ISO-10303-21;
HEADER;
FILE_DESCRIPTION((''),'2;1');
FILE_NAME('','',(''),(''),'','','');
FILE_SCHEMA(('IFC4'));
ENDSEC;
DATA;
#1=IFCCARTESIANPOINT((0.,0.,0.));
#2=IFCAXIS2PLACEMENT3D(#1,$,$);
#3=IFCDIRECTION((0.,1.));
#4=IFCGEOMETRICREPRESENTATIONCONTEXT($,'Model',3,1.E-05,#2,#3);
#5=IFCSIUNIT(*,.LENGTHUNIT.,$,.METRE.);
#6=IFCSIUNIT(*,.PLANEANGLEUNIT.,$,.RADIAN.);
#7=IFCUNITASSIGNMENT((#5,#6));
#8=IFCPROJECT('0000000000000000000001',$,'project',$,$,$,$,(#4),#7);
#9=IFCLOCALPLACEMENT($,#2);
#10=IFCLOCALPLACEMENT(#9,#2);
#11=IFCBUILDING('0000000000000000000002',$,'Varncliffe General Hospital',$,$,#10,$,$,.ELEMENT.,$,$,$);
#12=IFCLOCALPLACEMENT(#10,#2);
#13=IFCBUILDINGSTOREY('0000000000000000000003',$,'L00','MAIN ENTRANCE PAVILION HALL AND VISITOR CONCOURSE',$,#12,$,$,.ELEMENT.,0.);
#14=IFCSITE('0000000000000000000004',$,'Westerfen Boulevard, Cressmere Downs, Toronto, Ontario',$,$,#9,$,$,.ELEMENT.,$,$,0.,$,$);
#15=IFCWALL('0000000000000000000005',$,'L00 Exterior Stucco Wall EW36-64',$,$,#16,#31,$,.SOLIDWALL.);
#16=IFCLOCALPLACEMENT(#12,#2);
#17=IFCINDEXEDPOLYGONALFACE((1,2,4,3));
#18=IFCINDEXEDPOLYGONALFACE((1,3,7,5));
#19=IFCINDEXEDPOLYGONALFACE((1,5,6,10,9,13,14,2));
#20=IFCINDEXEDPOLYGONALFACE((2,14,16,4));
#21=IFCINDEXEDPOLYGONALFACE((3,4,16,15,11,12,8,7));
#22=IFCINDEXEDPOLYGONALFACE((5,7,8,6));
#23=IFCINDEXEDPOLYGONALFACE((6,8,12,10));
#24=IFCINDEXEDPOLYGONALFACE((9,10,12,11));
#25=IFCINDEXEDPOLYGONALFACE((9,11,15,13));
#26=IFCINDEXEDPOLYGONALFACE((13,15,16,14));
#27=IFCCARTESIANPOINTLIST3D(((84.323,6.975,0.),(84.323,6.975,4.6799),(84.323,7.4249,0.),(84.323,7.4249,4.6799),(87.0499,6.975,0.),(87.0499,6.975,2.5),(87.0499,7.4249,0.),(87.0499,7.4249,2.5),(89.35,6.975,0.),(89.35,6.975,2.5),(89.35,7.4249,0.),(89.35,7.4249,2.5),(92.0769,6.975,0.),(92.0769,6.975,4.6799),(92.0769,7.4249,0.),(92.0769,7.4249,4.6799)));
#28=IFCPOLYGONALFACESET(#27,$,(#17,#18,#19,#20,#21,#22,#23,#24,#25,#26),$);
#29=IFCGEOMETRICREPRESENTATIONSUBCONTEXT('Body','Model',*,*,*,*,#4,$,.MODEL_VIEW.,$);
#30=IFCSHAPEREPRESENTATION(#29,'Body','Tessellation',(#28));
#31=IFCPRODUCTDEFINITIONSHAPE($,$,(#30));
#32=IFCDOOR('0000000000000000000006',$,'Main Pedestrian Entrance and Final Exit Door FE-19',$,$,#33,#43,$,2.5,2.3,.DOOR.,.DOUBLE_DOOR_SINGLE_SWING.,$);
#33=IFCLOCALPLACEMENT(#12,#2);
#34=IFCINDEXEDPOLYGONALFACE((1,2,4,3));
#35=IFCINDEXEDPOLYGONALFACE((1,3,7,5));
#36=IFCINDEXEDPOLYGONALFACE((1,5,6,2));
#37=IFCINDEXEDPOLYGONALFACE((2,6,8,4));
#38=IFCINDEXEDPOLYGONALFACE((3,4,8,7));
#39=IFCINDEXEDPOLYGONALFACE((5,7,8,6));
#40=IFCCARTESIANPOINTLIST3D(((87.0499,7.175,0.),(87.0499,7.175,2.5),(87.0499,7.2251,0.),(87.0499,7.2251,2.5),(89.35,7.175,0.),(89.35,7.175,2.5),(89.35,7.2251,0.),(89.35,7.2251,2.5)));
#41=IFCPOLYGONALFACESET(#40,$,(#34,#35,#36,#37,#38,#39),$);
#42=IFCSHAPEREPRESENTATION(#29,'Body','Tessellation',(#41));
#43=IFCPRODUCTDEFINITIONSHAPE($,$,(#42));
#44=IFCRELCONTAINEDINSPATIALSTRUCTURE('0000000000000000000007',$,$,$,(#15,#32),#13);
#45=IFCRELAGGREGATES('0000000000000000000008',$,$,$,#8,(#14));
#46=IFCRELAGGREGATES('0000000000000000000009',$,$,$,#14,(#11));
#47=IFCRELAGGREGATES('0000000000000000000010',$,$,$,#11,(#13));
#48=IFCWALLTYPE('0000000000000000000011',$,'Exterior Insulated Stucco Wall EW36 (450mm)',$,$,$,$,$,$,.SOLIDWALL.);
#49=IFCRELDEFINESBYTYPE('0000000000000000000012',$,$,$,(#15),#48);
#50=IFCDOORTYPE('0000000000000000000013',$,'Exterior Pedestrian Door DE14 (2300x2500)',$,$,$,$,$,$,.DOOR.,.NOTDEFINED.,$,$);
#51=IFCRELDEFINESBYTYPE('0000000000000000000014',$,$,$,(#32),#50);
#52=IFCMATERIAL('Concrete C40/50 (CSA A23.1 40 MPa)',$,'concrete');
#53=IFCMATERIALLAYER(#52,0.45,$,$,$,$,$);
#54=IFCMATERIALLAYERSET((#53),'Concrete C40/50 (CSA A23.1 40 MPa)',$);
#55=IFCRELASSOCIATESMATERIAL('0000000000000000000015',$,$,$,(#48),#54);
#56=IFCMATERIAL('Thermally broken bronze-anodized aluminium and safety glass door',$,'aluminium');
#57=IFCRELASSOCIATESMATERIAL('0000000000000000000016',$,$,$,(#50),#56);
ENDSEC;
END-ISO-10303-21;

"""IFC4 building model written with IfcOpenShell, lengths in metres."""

from ifc_helpers import new_model, si_unit, direction, frame, frame_2d, origin, place, context, subcontext, project, spatial, rectangle, extrude, material, layer, layer_set, type_object, element, fill, save


model = new_model("IFC4")

# Units and contexts
model_context = context("Model", 3, precision=1e-05, world=origin(), true_north=direction((0.0, 1.0)))
body_context = subcontext(model_context, "Body", "Model", "MODEL_VIEW")
ifc_project = project(units=[si_unit("LENGTHUNIT", "METRE"), si_unit("PLANEANGLEUNIT", "RADIAN")], contexts=[model_context])

# Site, building, storey
site_placement = place(None, origin())
site = spatial("IfcSite", under=ifc_project, at=site_placement, Name="Westerfen Boulevard, Cressmere Downs, Toronto, Ontario", CompositionType="ELEMENT", RefElevation=0.0)
building_placement = place(site_placement, origin())
building = spatial("IfcBuilding", under=site, at=building_placement, Name="Varncliffe General Hospital", CompositionType="ELEMENT")
storey_placement = place(building_placement, origin())
storey = spatial("IfcBuildingStorey", under=building, at=storey_placement, Name="L00", Description="MAIN ENTRANCE PAVILION HALL AND VISITOR CONCOURSE", CompositionType="ELEMENT", Elevation=0.0)

# Shared definitions
ifc_material_1 = material(Name="Concrete C40/50 (CSA A23.1 40 MPa)", Category="concrete")

# Wall, opening, door
ifc_material_2 = material(Name="Thermally broken bronze-anodized aluminium and safety glass door", Category="aluminium")
ifc_layer_1 = layer(ifc_material_1, 0.45)
ifc_layer_set_1 = layer_set([ifc_layer_1], Name="Concrete C40/50 (CSA A23.1 40 MPa)")
wall_type_1 = type_object("IfcWallType", Name="Exterior Insulated Stucco Wall EW36 (450mm)", PredefinedType="SOLIDWALL", material=ifc_layer_set_1)
wall_1_placement = place(storey_placement, frame((92.0769, 7.2, 0.0), z_axis=(0.0, 0.0, 1.0), x_axis=(-1.0, 0.0, 0.0)))
wall_1 = element("IfcWall", 1, at=wall_1_placement, inside=storey, type_object=wall_type_1, Name="L00 Exterior Stucco Wall EW36-64", PredefinedType="SOLIDWALL", context=body_context, shape_type="SweptSolid", body=[
    extrude(rectangle(XDim=7.7539, YDim=0.45, at=frame_2d((3.877, 0.0))), origin(), (0.0, 0.0, 1.0), 4.6799),
])
opening_1_placement = place(wall_1_placement, frame((2.7271, 0.0, 0.0)))
opening_1 = element("IfcOpeningElement", 2, at=opening_1_placement, cuts=wall_1, PredefinedType="OPENING", context=body_context, shape_type="SweptSolid", body=[
    extrude(rectangle(XDim=2.3, YDim=2.5, at=frame_2d((1.1499, 1.25))), frame((0.0, 0.2349, 0.0), z_axis=(0.0, -1.0, 0.0), x_axis=(1.0, 0.0, 0.0)), (0.0, 0.0, 1.0), 0.47),
])
door_type_1 = type_object("IfcDoorType", Name="Exterior Pedestrian Door DE14 (2300x2500)", OperationType="NOTDEFINED", PredefinedType="DOOR", material=ifc_material_2)
door_1_placement = place(opening_1_placement, origin())
door_1 = element("IfcDoor", 3, at=door_1_placement, inside=storey, type_object=door_type_1, Name="Main Pedestrian Entrance and Final Exit Door FE-19", OperationType="DOUBLE_DOOR_SINGLE_SWING", OverallHeight=2.5, OverallWidth=2.3, PredefinedType="DOOR", context=body_context, shape_type="SweptSolid", body=[
    extrude(rectangle(XDim=2.3, YDim=2.5, at=frame_2d((1.1499, 1.25))), frame((0.0, 0.0249, 0.0), z_axis=(0.0, -1.0, 0.0), x_axis=(1.0, 0.0, 0.0)), (0.0, 0.0, 1.0), 0.05),
])
fill(opening_1, door_1)

save(model, "model.ifc")
